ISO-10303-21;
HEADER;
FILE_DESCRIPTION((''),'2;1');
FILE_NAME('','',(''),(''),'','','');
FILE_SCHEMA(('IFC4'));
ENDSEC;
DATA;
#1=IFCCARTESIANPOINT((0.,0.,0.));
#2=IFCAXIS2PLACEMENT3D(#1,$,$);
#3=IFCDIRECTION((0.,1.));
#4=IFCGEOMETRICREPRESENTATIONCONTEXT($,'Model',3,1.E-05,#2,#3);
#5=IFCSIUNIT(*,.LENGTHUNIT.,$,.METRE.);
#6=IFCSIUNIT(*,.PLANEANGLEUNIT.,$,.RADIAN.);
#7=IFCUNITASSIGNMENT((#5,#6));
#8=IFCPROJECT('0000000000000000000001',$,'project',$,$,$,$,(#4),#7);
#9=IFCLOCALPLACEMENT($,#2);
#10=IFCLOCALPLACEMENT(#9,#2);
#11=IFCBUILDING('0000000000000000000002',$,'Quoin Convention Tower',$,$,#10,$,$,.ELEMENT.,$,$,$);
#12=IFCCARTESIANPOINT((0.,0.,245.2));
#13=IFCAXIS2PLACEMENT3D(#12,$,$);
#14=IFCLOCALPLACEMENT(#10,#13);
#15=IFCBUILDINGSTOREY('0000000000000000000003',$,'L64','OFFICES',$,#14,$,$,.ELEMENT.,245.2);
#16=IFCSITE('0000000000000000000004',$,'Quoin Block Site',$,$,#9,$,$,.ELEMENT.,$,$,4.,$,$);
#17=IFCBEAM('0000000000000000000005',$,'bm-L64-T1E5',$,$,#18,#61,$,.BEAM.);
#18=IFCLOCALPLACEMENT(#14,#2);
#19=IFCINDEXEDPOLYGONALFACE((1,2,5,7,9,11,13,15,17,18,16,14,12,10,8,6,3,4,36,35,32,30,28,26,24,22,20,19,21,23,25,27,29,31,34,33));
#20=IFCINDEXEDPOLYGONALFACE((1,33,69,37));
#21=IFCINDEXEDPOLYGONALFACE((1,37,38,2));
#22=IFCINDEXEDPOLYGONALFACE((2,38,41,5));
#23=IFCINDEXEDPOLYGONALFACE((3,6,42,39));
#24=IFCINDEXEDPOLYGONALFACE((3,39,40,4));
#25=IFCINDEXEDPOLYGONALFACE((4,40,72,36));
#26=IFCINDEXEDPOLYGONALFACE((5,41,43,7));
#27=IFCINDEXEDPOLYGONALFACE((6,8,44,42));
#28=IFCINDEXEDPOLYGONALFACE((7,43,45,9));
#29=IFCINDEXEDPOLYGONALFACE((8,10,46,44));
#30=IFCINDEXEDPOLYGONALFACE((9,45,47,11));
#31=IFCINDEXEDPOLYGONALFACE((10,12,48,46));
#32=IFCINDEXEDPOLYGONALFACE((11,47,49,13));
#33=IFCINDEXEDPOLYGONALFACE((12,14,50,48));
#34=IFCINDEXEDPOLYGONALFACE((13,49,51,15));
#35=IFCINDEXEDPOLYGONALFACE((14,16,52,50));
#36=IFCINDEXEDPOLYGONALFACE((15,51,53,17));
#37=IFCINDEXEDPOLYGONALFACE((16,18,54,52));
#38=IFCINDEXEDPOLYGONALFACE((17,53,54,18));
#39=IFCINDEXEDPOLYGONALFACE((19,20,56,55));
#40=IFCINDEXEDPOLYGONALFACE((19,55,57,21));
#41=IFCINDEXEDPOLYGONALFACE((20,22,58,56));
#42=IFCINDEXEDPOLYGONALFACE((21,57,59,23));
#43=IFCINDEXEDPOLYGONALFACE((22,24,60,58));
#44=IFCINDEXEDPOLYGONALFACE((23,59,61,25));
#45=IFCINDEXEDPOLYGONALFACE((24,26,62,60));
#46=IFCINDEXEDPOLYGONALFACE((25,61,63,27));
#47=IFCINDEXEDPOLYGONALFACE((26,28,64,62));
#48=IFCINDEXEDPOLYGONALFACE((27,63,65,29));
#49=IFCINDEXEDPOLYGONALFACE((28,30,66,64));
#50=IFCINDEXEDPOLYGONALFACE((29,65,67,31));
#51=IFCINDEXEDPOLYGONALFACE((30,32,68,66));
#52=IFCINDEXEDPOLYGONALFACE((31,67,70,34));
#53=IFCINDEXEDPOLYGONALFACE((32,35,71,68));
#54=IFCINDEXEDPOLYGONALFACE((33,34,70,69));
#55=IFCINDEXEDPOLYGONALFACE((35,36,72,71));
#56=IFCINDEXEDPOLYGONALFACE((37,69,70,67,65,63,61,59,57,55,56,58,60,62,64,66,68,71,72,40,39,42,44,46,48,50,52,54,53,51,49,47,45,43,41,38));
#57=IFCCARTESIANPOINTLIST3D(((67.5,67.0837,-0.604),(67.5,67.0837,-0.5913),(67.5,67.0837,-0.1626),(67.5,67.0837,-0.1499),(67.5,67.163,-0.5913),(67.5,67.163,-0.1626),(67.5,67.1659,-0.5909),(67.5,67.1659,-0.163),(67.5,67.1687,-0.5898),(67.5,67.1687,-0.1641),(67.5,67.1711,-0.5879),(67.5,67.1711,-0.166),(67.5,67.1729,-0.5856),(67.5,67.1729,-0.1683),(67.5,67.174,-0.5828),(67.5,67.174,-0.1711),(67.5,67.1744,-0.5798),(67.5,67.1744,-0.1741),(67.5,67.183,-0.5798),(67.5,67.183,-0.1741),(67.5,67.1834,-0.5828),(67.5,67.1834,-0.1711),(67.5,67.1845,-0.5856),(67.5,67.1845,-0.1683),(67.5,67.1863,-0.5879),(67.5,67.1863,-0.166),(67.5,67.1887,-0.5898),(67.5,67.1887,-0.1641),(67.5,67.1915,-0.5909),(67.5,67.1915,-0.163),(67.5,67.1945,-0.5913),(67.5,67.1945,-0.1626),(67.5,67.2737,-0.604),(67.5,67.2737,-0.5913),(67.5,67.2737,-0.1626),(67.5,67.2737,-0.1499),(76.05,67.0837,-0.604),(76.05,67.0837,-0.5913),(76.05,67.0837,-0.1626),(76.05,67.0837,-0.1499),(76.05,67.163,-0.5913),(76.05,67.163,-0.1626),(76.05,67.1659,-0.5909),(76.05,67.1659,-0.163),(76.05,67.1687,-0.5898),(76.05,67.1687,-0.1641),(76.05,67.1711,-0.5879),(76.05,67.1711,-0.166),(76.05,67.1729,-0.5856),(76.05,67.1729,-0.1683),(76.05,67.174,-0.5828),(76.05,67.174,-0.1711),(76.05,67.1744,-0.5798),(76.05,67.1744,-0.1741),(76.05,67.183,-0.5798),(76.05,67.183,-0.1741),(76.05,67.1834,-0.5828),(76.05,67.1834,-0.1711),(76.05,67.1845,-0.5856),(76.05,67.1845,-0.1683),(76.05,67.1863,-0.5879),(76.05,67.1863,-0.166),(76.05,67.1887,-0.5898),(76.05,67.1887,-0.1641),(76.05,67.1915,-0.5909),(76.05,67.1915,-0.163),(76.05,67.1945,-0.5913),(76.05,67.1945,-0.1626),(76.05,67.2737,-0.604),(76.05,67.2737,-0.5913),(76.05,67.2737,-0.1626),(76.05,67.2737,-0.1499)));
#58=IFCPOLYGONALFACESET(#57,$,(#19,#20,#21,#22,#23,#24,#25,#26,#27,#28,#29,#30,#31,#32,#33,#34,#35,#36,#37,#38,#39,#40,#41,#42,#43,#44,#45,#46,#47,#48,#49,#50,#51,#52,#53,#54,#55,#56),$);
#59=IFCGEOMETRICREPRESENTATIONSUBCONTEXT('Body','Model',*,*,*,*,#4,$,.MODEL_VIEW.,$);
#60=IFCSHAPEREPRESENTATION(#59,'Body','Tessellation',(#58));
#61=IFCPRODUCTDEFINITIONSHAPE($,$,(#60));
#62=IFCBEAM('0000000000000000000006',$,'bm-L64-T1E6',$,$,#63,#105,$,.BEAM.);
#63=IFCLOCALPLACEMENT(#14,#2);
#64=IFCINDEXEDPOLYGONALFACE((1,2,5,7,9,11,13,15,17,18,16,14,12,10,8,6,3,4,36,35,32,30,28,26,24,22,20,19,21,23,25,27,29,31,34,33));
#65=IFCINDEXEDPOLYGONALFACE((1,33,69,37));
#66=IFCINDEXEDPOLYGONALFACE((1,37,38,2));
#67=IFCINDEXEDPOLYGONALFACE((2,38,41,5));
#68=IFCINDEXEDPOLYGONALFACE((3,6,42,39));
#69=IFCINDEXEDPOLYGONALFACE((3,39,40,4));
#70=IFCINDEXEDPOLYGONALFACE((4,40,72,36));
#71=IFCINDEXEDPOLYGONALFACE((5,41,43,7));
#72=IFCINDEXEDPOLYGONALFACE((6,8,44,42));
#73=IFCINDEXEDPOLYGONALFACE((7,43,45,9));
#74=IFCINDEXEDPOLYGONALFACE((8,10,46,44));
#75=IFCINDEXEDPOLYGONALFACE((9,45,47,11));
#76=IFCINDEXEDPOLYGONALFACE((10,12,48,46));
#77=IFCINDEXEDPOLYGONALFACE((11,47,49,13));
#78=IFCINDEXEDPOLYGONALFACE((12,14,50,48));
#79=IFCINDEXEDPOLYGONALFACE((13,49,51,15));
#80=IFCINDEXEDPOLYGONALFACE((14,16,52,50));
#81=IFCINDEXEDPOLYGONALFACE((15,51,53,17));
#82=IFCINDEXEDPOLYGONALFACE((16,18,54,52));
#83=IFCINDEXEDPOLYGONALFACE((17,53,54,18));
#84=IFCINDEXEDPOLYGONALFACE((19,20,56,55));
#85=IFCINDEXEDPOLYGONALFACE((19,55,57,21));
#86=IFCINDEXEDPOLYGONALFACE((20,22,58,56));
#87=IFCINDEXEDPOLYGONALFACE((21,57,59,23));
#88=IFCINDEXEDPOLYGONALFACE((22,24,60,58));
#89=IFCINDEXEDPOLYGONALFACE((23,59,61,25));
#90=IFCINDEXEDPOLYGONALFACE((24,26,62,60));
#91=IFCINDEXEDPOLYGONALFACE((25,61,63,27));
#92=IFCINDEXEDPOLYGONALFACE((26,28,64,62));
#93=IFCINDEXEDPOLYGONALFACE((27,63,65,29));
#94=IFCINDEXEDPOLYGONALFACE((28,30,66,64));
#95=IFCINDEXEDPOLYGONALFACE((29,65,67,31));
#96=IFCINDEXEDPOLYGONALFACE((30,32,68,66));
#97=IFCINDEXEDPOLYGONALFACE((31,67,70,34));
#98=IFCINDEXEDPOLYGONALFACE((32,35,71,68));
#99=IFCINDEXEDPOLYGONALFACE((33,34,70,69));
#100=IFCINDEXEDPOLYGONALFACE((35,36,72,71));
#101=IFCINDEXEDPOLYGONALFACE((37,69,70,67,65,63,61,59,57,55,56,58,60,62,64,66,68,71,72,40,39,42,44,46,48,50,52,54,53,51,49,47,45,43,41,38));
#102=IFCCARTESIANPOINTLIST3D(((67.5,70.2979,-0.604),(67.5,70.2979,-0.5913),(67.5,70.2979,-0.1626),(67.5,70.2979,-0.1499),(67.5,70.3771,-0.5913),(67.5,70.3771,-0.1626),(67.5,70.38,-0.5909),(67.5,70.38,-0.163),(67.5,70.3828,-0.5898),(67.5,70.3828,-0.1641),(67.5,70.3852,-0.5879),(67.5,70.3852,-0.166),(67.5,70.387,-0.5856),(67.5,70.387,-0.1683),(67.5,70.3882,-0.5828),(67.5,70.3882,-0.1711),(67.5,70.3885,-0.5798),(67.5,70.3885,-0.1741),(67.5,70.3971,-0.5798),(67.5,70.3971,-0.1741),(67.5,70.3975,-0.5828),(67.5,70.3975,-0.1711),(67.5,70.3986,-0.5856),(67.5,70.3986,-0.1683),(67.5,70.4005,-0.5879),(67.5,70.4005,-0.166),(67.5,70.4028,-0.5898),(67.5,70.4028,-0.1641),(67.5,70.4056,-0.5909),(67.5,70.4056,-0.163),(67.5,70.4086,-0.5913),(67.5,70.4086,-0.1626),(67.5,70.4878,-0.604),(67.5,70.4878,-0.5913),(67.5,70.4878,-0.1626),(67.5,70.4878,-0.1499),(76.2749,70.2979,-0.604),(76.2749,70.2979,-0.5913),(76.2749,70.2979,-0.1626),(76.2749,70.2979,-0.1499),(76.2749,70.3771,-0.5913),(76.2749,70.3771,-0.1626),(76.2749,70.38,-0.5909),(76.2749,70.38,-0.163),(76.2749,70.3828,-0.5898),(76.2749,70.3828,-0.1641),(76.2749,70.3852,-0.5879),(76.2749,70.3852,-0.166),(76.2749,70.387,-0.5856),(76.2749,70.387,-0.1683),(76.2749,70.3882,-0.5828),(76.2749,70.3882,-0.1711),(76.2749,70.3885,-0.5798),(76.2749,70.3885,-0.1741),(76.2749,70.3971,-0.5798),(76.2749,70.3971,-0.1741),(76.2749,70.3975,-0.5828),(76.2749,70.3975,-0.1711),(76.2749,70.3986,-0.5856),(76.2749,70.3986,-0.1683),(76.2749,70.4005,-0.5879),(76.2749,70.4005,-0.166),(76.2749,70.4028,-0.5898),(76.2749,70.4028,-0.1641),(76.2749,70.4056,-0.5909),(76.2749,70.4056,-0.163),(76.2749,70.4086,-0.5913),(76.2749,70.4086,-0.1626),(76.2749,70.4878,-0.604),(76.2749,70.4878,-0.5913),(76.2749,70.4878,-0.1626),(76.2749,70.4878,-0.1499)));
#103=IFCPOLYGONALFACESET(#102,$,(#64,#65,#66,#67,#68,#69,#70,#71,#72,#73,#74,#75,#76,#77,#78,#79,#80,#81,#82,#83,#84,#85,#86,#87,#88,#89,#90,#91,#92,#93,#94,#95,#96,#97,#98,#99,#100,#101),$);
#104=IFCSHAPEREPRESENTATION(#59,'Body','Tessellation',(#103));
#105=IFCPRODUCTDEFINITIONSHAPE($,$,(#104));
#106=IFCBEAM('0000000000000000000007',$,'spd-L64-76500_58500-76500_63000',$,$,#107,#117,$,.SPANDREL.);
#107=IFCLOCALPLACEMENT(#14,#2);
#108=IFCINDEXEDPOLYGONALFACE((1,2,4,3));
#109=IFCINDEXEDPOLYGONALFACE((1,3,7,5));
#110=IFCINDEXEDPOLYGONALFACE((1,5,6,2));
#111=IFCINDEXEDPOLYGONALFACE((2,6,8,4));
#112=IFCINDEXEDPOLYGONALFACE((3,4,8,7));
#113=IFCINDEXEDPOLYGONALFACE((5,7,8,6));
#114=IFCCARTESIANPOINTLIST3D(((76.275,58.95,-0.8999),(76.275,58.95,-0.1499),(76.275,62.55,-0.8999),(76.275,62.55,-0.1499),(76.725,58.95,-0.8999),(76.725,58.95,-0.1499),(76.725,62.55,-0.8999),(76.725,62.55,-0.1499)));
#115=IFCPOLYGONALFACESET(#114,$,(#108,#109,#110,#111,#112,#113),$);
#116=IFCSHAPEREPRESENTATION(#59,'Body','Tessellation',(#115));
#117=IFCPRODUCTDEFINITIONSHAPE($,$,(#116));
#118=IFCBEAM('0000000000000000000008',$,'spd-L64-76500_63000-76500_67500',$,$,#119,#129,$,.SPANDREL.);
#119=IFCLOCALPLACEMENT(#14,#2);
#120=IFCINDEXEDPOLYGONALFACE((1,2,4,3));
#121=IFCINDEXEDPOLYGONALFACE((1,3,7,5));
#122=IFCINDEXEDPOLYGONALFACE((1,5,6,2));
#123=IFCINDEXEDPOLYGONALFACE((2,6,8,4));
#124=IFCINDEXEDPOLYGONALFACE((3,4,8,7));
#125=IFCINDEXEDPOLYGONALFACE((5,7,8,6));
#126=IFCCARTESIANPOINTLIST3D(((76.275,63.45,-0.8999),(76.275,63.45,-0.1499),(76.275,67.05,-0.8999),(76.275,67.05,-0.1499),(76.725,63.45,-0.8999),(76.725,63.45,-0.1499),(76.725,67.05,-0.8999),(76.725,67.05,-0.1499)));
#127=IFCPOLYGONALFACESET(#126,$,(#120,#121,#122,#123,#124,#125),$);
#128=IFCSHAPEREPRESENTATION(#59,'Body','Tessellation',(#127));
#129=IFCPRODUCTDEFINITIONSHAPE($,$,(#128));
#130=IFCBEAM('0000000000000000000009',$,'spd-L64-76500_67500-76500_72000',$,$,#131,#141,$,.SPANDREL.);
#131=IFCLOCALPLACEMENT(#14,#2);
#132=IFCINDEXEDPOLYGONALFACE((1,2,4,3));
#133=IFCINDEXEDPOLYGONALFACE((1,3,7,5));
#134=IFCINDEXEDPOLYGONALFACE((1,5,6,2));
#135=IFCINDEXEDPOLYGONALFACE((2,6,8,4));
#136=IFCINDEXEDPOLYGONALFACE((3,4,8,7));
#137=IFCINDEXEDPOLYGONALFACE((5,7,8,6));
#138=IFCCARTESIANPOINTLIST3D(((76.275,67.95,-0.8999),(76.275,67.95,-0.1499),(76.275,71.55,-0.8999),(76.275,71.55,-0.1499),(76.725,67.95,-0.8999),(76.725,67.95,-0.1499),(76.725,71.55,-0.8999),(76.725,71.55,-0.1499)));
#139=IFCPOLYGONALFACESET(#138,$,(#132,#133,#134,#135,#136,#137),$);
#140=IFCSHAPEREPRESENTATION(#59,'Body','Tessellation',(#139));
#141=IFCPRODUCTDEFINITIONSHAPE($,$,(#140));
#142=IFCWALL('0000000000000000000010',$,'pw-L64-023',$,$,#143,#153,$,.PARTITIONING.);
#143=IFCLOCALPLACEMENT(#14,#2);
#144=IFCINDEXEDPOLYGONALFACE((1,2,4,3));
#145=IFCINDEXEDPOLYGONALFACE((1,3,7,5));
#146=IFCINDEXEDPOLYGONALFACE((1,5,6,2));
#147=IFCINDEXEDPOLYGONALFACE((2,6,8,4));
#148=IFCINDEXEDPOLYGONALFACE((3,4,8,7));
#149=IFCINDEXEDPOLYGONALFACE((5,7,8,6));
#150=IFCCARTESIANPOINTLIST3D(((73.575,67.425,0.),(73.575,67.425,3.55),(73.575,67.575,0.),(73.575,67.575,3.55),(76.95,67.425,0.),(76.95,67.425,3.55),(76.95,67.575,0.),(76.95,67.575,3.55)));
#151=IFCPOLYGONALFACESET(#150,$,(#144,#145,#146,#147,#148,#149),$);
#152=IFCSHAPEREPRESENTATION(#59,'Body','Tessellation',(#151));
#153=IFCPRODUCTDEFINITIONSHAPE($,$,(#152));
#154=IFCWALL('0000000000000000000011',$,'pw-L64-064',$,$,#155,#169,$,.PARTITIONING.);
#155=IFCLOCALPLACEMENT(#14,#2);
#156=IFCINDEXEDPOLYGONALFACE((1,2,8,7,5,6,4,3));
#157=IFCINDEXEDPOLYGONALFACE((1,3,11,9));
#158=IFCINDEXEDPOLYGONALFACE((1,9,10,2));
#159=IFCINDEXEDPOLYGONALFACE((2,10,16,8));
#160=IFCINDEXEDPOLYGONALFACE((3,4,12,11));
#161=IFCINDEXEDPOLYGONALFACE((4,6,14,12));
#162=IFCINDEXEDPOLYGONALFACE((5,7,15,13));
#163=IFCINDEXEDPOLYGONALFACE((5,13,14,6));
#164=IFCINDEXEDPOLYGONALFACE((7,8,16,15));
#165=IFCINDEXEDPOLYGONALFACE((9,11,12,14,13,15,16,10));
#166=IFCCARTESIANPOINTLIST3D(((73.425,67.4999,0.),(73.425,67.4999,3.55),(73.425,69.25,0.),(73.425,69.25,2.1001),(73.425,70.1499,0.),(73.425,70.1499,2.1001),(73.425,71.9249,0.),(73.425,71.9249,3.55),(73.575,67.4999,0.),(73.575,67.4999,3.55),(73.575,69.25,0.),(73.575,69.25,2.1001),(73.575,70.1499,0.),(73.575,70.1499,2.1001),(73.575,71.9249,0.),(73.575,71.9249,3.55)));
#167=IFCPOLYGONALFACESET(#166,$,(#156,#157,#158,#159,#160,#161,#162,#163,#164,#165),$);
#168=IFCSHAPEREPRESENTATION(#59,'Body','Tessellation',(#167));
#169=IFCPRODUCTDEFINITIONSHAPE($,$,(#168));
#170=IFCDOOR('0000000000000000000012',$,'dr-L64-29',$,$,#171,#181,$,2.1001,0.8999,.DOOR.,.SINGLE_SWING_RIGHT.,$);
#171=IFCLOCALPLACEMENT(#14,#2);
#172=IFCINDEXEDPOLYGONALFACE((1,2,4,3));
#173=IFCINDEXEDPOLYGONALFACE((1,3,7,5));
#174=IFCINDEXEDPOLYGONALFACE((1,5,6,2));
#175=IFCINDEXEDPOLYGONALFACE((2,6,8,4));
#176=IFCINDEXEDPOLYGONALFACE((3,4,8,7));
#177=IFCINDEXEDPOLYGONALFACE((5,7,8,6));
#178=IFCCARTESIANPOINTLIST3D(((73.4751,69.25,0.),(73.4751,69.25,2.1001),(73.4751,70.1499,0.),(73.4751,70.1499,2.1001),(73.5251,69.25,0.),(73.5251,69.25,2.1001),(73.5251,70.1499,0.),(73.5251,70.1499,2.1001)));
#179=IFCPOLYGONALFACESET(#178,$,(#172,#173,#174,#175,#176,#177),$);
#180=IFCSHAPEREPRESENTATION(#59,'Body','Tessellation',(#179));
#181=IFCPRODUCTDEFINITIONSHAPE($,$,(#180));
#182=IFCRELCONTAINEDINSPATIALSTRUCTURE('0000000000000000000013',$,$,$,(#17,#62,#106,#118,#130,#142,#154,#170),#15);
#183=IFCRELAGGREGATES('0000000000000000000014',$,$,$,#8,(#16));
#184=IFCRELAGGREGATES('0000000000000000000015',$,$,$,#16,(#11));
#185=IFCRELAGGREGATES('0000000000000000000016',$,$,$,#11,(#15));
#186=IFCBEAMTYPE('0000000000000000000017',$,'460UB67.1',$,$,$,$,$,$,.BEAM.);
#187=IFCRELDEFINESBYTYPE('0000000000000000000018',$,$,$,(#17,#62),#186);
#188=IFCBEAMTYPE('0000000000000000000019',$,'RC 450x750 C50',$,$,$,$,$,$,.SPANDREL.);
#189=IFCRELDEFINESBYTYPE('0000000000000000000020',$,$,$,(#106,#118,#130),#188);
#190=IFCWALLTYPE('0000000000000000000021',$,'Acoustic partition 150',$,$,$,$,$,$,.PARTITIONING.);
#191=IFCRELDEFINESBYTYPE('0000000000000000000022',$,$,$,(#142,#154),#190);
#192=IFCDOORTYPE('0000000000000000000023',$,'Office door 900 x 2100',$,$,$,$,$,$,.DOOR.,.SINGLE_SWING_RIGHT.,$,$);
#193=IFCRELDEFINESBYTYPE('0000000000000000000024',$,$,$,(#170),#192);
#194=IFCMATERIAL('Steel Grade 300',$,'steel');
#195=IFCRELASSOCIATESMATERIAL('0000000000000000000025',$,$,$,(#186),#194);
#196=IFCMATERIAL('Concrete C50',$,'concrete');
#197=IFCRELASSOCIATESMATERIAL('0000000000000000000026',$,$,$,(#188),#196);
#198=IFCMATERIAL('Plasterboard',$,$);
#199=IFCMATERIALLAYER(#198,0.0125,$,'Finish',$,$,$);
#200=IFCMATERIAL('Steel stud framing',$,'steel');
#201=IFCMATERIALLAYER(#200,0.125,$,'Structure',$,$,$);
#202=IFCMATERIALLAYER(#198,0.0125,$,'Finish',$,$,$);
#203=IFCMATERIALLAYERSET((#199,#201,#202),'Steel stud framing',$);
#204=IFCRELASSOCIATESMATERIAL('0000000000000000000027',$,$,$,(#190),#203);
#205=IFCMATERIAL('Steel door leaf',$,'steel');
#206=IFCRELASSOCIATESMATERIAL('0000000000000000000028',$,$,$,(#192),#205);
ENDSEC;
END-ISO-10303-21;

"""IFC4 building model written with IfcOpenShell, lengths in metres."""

from ifc_helpers import new_model, si_unit, direction, frame, frame_2d, origin, origin_2d, place, context, subcontext, project, spatial, rectangle, i_section, extrude, material, layer, layer_set, material_profile, profile_set, type_object, element, fill, save


model = new_model("IFC4")

# Units and contexts
model_context = context("Model", 3, precision=1e-05, world=origin(), true_north=direction((0.0, 1.0)))
body_context = subcontext(model_context, "Body", "Model", "MODEL_VIEW")
ifc_project = project(units=[si_unit("LENGTHUNIT", "METRE"), si_unit("PLANEANGLEUNIT", "RADIAN")], contexts=[model_context])

# Site, building, storey
site_placement = place(None, origin())
site = spatial("IfcSite", under=ifc_project, at=site_placement, Name="Quoin Block Site", CompositionType="ELEMENT", RefElevation=4.0)
building_placement = place(site_placement, origin())
building = spatial("IfcBuilding", under=site, at=building_placement, Name="Quoin Convention Tower", CompositionType="ELEMENT")
storey_placement = place(building_placement, frame((0.0, 0.0, 245.2)))
storey = spatial("IfcBuildingStorey", under=building, at=storey_placement, Name="L64", Description="OFFICES", CompositionType="ELEMENT", Elevation=245.2)

# Shared definitions
ifc_material_1 = material(Name="Concrete C50", Category="concrete")

# Beams
ifc_material_2 = material(Name="Steel Grade 300", Category="steel")
ifc_material_profile_1 = material_profile(ifc_material_2, i_section(OverallWidth=0.1899, OverallDepth=0.4541, WebThickness=0.0085, FlangeThickness=0.0127, FilletRadius=0.0115, at=origin_2d()), Name="460UB67.1")
ifc_profile_set_1 = profile_set([ifc_material_profile_1], Name="Steel Grade 300")
beam_type_1 = type_object("IfcBeamType", Name="460UB67.1", PredefinedType="BEAM", material=ifc_profile_set_1)
beam_1_placement = place(storey_placement, frame((67.5, 67.1787, -0.377), z_axis=(1.0, 0.0, 0.0), x_axis=(0.0, 1.0, 0.0)))
element("IfcBeam", 1, at=beam_1_placement, inside=storey, type_object=beam_type_1, Name="bm-L64-T1E5", PredefinedType="BEAM", context=body_context, shape_type="SweptSolid", body=[
    extrude(i_section(OverallWidth=0.1899, OverallDepth=0.4541, WebThickness=0.0085, FlangeThickness=0.0127, FilletRadius=0.0115, at=origin_2d()), origin(), (0.0, 0.0, 1.0), 8.55),
])
beam_2_placement = place(storey_placement, frame((67.5, 70.3928, -0.377), z_axis=(1.0, 0.0, 0.0), x_axis=(0.0, 1.0, 0.0)))
element("IfcBeam", 2, at=beam_2_placement, inside=storey, type_object=beam_type_1, Name="bm-L64-T1E6", PredefinedType="BEAM", context=body_context, shape_type="SweptSolid", body=[
    extrude(i_section(OverallWidth=0.1899, OverallDepth=0.4541, WebThickness=0.0085, FlangeThickness=0.0127, FilletRadius=0.0115, at=origin_2d()), origin(), (0.0, 0.0, 1.0), 8.7749),
])
ifc_material_profile_2 = material_profile(ifc_material_1, rectangle(XDim=0.45, YDim=0.75, at=origin_2d()), Name="RC 450x750")
ifc_profile_set_2 = profile_set([ifc_material_profile_2], Name="Concrete C50")
beam_type_2 = type_object("IfcBeamType", Name="RC 450x750 C50", PredefinedType="SPANDREL", material=ifc_profile_set_2)
for number, where, z_axis, x_axis, name in (
    (3, (76.5, 58.95, -0.5249), (0.0, 1.0, 0.0), (-1.0, 0.0, 0.0), "spd-L64-76500_58500-76500_63000"),
    (4, (76.5, 63.45, -0.5249), (0.0, 1.0, 0.0), (-1.0, 0.0, 0.0), "spd-L64-76500_63000-76500_67500"),
    (5, (76.5, 67.95, -0.5249), (0.0, 1.0, 0.0), (-1.0, 0.0, 0.0), "spd-L64-76500_67500-76500_72000"),
):
    element("IfcBeam", number, at=place(storey_placement, frame(where, z_axis=z_axis, x_axis=x_axis)), inside=storey, type_object=beam_type_2, Name=name, PredefinedType="SPANDREL", context=body_context, shape_type="SweptSolid", body=[
        extrude(rectangle(XDim=0.45, YDim=0.75, at=origin_2d()), origin(), (0.0, 0.0, 1.0), 3.6001),
    ])

# Wall
ifc_material_3 = material(Name="Plasterboard")
ifc_layer_1 = layer(ifc_material_3, 0.0125, Name="Finish")
ifc_material_4 = material(Name="Steel stud framing", Category="steel")
ifc_layer_2 = layer(ifc_material_4, 0.125, Name="Structure")
ifc_layer_3 = layer(ifc_material_3, 0.0125, Name="Finish")
ifc_layer_set_1 = layer_set([ifc_layer_1, ifc_layer_2, ifc_layer_3], Name="Steel stud framing")
wall_type_1 = type_object("IfcWallType", Name="Acoustic partition 150", PredefinedType="PARTITIONING", material=ifc_layer_set_1)
wall_1_placement = place(storey_placement, frame((73.575, 67.5, 0.0), z_axis=(0.0, 0.0, 1.0), x_axis=(1.0, 0.0, 0.0)))
element("IfcWall", 6, at=wall_1_placement, inside=storey, type_object=wall_type_1, Name="pw-L64-023", PredefinedType="PARTITIONING", context=body_context, shape_type="SweptSolid", body=[
    extrude(rectangle(XDim=3.375, YDim=0.1499, at=frame_2d((1.6875, 0.0))), origin(), (0.0, 0.0, 1.0), 3.55),
])

# Wall, opening, door
wall_2_placement = place(storey_placement, frame((73.5, 67.5, 0.0), z_axis=(0.0, 0.0, 1.0), x_axis=(0.0, 1.0, 0.0)))
wall_2 = element("IfcWall", 7, at=wall_2_placement, inside=storey, type_object=wall_type_1, Name="pw-L64-064", PredefinedType="PARTITIONING", context=body_context, shape_type="SweptSolid", body=[
    extrude(rectangle(XDim=4.425, YDim=0.1499, at=frame_2d((2.2124, 0.0))), origin(), (0.0, 0.0, 1.0), 3.55),
])
opening_1_placement = place(wall_2_placement, frame((1.75, 0.0, 0.0)))
opening_1 = element("IfcOpeningElement", 8, at=opening_1_placement, cuts=wall_2, PredefinedType="OPENING", context=body_context, shape_type="SweptSolid", body=[
    extrude(rectangle(XDim=0.8999, YDim=2.1001, at=frame_2d((0.45, 1.05))), frame((0.0, 0.085, 0.0), z_axis=(0.0, -1.0, 0.0), x_axis=(1.0, 0.0, 0.0)), (0.0, 0.0, 1.0), 0.1699),
])
ifc_material_5 = material(Name="Steel door leaf", Category="steel")
door_type_1 = type_object("IfcDoorType", Name="Office door 900 x 2100", OperationType="SINGLE_SWING_RIGHT", PredefinedType="DOOR", material=ifc_material_5)
door_1_placement = place(opening_1_placement, origin())
door_1 = element("IfcDoor", 9, at=door_1_placement, inside=storey, type_object=door_type_1, Name="dr-L64-29", OperationType="SINGLE_SWING_RIGHT", OverallHeight=2.1001, OverallWidth=0.8999, PredefinedType="DOOR", context=body_context, shape_type="SweptSolid", body=[
    extrude(rectangle(XDim=0.8999, YDim=2.1001, at=frame_2d((0.45, 1.05))), frame((0.0, 0.0249, 0.0), z_axis=(0.0, -1.0, 0.0), x_axis=(1.0, 0.0, 0.0)), (0.0, 0.0, 1.0), 0.05),
])
fill(opening_1, door_1)

save(model, "model.ifc")
